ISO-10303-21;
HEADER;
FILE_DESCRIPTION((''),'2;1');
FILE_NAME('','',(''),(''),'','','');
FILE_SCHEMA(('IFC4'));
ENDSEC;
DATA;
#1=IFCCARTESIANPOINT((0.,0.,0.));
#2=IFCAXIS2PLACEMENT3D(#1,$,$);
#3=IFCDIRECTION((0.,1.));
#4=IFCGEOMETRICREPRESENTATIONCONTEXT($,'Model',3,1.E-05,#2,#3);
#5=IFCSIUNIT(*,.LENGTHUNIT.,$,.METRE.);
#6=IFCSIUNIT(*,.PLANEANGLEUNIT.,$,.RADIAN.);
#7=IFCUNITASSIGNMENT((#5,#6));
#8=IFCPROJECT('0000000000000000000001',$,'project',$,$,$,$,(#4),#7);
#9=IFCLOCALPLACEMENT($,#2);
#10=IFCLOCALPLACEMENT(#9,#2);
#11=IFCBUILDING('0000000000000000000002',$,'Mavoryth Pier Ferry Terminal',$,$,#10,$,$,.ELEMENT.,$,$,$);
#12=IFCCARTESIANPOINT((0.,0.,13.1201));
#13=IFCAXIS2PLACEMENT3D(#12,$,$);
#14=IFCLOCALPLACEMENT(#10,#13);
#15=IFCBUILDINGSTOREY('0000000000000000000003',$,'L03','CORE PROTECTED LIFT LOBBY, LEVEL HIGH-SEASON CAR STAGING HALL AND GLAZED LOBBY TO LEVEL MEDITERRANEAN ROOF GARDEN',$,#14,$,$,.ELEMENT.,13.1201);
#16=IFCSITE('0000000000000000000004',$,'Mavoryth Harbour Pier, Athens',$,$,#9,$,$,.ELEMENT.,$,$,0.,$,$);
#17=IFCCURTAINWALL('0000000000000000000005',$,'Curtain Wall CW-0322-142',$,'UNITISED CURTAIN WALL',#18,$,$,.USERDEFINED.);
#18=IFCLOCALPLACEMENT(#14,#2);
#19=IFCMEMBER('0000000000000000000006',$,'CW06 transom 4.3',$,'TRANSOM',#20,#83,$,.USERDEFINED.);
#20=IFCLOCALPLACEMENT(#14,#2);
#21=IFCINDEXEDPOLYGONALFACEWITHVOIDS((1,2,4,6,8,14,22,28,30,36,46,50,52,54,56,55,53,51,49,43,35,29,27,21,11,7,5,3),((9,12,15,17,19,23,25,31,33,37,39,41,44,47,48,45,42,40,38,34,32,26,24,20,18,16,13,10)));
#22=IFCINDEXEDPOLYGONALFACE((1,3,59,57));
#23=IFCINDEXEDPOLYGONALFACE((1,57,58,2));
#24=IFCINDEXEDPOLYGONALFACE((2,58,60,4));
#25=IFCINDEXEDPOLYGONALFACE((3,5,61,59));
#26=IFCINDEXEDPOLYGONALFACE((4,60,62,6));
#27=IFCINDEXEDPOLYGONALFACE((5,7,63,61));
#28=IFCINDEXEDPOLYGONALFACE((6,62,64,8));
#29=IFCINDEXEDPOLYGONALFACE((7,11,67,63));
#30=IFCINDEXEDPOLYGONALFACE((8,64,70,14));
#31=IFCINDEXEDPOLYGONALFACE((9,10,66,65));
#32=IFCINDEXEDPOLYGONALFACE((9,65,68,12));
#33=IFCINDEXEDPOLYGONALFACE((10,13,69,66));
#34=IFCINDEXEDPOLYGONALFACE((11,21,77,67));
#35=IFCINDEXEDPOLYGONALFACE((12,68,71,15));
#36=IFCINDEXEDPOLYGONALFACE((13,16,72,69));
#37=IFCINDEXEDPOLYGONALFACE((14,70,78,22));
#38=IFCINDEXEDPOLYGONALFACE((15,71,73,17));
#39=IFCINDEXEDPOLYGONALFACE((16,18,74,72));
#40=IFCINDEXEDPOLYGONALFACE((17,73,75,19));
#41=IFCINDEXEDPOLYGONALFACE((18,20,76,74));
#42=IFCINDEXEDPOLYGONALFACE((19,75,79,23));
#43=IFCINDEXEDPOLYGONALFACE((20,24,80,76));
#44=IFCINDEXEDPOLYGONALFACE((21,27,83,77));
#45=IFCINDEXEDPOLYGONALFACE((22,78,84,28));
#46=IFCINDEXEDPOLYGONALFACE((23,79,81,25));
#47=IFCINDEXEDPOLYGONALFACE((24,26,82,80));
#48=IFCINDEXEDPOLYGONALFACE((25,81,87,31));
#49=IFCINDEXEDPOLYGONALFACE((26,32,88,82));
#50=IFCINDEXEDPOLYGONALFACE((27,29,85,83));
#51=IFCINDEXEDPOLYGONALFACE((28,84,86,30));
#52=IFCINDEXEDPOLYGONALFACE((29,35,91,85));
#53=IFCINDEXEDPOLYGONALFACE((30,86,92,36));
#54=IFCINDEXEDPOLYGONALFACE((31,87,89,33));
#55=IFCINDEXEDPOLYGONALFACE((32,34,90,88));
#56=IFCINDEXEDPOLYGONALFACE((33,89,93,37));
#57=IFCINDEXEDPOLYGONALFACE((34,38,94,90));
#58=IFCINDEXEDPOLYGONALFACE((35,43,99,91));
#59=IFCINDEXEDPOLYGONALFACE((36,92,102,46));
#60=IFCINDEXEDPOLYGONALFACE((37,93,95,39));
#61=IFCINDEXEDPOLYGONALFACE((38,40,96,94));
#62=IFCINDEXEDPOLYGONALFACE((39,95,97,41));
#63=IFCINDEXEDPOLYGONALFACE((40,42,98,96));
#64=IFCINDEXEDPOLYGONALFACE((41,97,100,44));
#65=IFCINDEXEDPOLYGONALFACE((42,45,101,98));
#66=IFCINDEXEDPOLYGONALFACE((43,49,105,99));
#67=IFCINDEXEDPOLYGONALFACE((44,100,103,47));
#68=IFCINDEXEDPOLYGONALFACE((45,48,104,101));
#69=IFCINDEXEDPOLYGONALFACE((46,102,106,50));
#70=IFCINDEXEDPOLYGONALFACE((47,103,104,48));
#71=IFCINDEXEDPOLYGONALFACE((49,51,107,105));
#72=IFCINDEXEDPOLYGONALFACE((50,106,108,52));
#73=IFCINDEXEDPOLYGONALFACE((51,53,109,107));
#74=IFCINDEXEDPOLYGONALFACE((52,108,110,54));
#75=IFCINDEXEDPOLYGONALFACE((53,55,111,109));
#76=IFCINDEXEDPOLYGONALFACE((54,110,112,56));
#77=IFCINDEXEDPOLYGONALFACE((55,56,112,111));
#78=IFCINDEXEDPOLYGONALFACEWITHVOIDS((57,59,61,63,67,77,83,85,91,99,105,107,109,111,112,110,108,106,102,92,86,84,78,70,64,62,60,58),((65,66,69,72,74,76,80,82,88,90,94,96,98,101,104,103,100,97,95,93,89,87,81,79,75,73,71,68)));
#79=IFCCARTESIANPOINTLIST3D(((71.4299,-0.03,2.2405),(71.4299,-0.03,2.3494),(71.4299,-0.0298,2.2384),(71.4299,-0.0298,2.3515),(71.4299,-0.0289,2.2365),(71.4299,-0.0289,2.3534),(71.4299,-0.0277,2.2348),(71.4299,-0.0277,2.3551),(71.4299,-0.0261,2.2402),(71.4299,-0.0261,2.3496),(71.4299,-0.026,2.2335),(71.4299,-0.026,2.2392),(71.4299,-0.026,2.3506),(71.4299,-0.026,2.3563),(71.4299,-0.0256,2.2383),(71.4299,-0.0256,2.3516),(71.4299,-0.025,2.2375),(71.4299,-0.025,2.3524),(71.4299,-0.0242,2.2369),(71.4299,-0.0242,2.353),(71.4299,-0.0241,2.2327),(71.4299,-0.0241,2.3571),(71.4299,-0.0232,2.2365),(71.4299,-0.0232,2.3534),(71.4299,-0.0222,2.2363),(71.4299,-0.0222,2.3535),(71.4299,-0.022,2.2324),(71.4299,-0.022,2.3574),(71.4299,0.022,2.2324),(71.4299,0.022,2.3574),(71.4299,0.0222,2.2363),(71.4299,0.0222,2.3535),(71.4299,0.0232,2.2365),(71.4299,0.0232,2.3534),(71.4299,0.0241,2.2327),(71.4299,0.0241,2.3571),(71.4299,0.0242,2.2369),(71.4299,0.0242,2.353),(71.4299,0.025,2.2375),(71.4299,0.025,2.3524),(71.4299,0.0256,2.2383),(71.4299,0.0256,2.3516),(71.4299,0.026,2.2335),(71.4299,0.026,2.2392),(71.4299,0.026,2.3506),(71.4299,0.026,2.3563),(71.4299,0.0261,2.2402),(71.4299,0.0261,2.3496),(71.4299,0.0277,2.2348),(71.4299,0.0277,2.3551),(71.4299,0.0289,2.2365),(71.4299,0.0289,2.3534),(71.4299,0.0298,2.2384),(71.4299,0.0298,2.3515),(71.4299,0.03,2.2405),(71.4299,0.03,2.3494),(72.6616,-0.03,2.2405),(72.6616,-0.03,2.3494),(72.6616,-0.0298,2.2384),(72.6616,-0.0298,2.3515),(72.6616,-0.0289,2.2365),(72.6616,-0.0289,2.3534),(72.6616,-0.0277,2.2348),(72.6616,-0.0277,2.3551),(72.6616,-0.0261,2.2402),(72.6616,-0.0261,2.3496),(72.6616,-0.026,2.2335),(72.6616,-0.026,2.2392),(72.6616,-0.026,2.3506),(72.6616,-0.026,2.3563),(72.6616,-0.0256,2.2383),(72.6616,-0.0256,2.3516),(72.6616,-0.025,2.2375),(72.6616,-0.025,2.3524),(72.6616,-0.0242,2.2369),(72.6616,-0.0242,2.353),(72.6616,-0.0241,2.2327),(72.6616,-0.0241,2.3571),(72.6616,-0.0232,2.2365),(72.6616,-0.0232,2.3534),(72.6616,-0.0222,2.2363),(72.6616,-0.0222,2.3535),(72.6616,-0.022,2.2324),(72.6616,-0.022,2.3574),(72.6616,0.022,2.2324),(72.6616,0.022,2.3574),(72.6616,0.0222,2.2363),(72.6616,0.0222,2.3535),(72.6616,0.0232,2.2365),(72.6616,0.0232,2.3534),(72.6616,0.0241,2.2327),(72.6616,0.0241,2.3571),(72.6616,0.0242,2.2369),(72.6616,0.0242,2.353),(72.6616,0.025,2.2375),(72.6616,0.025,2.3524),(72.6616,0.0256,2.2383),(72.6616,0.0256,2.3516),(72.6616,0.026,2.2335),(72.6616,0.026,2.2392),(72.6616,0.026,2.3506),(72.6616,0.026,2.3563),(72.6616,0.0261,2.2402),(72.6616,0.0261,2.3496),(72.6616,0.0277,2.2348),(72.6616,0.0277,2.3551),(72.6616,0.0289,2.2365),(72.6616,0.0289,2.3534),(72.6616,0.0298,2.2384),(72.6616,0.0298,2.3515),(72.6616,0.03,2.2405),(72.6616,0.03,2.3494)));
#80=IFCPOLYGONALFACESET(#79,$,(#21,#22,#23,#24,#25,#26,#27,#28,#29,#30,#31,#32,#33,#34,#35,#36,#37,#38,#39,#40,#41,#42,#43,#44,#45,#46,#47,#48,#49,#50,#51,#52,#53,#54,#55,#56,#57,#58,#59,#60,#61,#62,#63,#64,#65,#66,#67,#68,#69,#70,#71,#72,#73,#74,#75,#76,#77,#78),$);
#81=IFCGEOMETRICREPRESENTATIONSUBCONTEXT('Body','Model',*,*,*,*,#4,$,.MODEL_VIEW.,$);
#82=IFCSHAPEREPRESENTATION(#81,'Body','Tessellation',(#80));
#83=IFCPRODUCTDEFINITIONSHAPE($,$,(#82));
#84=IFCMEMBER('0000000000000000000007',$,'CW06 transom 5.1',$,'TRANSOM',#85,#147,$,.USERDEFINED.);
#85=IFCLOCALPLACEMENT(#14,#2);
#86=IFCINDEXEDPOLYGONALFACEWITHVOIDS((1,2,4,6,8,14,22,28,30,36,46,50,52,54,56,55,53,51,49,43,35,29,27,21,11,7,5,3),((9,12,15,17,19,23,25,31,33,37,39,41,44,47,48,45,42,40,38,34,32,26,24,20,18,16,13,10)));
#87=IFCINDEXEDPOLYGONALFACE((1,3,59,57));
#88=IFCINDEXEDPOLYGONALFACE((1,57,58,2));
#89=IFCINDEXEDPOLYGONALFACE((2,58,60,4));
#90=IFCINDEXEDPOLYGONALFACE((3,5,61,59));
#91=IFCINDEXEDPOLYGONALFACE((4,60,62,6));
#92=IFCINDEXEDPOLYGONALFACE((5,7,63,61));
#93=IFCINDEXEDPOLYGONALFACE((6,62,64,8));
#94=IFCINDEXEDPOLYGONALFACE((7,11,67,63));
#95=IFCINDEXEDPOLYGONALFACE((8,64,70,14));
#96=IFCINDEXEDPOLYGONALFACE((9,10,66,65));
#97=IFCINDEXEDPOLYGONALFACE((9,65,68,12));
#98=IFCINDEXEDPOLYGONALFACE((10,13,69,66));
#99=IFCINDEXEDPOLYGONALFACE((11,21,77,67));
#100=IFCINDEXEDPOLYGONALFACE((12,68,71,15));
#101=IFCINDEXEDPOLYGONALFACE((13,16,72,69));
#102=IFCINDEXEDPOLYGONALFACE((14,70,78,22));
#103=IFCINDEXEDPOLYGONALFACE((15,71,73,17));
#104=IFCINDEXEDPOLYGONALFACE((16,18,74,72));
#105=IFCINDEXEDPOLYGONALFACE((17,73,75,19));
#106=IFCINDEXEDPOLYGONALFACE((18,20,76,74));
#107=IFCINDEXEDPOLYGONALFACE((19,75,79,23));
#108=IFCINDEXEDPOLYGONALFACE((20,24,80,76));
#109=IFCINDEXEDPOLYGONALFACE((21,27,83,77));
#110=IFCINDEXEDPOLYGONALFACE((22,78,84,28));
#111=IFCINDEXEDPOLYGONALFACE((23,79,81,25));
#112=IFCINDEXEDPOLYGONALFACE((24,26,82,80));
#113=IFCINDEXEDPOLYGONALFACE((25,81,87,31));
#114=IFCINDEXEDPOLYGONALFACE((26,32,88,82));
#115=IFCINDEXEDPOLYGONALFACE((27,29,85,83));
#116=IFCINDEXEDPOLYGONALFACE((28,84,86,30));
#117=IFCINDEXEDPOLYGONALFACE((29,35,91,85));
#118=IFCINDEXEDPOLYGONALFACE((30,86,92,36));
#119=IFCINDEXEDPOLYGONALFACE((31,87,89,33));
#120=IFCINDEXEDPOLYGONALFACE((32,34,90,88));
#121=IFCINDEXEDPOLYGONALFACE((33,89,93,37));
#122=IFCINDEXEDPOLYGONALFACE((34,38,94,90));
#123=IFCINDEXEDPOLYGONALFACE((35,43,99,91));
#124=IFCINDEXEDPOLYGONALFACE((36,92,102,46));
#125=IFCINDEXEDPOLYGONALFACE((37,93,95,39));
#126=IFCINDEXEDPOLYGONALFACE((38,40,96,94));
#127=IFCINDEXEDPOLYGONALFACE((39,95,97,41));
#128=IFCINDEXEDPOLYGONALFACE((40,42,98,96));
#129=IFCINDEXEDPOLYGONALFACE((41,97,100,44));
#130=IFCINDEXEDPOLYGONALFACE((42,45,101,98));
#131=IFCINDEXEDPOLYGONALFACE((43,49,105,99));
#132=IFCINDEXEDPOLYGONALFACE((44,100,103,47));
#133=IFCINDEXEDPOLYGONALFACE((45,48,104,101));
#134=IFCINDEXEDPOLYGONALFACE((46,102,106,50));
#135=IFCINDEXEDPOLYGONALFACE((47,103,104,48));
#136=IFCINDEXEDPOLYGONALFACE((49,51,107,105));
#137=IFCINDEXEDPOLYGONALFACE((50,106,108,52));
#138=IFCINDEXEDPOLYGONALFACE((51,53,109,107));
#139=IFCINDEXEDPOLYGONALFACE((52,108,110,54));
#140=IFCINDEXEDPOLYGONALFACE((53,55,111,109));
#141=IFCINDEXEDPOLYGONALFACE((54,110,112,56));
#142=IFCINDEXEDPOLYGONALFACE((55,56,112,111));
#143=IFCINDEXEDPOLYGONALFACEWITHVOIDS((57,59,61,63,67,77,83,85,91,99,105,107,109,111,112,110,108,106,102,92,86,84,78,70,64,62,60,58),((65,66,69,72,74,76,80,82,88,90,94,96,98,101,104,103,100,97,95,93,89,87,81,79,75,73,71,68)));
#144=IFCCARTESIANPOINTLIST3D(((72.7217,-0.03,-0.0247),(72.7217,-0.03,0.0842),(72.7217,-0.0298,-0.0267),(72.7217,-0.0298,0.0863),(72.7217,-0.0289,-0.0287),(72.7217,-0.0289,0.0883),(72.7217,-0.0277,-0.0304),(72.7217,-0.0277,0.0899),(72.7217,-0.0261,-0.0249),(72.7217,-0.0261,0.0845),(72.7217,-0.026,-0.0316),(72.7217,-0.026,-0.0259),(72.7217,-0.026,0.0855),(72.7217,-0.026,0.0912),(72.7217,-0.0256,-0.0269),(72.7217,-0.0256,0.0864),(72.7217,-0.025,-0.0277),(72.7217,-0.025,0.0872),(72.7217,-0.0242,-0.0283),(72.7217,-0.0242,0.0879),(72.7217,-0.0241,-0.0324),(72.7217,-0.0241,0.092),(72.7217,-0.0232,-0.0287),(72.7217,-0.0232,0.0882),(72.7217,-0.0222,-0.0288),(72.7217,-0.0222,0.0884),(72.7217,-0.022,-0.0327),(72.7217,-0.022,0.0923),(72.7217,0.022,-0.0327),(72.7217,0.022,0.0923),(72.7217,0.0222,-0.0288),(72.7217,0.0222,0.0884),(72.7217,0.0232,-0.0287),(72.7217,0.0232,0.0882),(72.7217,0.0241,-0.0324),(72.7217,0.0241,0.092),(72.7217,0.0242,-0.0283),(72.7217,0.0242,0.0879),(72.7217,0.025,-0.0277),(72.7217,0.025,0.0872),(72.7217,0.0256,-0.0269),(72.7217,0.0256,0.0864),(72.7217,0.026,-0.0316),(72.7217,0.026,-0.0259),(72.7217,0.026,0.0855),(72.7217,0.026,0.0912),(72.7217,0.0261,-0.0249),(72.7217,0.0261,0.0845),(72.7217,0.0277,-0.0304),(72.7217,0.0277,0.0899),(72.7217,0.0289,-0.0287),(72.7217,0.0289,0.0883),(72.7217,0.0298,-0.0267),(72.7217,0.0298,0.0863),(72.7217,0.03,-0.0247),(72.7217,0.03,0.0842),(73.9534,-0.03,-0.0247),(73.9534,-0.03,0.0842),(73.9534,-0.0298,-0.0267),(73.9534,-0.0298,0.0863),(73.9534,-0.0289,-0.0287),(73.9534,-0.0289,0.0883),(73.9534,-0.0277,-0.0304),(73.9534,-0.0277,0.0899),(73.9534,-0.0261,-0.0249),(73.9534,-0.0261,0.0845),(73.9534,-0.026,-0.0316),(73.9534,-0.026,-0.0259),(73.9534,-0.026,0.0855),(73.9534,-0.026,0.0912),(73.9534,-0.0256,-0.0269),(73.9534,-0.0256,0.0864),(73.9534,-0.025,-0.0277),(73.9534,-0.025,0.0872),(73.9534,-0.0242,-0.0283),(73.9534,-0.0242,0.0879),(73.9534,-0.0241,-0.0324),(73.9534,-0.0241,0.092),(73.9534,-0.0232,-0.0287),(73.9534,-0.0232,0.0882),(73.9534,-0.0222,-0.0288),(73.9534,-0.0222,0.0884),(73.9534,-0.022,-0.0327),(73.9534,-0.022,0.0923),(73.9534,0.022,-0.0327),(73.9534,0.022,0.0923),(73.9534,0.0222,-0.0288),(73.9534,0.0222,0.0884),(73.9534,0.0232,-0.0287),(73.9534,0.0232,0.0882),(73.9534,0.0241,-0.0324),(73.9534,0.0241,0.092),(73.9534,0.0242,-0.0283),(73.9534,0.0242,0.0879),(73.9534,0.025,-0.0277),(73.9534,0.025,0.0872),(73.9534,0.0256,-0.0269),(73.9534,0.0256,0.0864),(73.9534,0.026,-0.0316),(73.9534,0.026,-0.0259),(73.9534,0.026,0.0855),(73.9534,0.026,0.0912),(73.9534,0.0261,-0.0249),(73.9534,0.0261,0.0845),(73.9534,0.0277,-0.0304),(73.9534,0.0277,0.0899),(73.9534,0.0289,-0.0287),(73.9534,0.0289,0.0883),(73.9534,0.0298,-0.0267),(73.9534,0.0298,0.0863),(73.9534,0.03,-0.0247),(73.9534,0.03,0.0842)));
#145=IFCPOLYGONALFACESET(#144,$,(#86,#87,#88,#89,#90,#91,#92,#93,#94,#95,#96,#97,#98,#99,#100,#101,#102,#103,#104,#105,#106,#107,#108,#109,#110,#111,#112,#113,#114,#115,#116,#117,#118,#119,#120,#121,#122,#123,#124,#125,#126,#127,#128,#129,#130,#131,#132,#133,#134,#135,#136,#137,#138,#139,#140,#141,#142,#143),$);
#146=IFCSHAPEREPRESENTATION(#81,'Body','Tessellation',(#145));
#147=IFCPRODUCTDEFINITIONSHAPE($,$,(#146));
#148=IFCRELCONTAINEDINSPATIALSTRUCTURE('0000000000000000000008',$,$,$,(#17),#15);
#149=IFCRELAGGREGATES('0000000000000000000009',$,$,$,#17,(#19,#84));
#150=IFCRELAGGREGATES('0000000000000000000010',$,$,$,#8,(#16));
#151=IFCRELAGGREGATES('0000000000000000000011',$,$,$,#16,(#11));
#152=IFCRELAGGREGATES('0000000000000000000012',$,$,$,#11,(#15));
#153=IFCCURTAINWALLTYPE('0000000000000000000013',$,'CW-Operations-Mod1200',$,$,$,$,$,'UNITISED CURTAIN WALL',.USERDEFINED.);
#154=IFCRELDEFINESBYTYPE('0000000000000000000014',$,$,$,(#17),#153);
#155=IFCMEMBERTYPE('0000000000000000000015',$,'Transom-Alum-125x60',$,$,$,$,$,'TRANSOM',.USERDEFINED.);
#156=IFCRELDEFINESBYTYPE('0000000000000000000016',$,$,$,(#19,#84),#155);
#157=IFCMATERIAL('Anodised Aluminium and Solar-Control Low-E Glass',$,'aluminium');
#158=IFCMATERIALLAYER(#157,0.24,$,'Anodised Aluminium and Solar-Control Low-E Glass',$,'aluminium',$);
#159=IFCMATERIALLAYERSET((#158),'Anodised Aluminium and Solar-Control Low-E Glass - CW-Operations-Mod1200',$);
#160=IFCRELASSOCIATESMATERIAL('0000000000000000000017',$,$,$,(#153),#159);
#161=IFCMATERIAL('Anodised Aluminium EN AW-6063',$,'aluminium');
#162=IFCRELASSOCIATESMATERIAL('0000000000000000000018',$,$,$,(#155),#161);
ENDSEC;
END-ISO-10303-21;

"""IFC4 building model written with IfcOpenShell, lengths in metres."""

from ifc_helpers import new_model, si_unit, direction, frame, origin, origin_2d, place, context, subcontext, project, spatial, hollow_rectangle, extrude, material, layer, layer_set, material_profile, profile_set, type_object, element, aggregate, save


model = new_model("IFC4")

# Units and contexts
model_context = context("Model", 3, precision=1e-05, world=origin(), true_north=direction((0.0, 1.0)))
body_context = subcontext(model_context, "Body", "Model", "MODEL_VIEW")
ifc_project = project(units=[si_unit("LENGTHUNIT", "METRE"), si_unit("PLANEANGLEUNIT", "RADIAN")], contexts=[model_context])

# Site, building, storey
site_placement = place(None, origin())
site = spatial("IfcSite", under=ifc_project, at=site_placement, Name="Mavoryth Harbour Pier, Athens", CompositionType="ELEMENT", RefElevation=0.0)
building_placement = place(site_placement, origin())
building = spatial("IfcBuilding", under=site, at=building_placement, Name="Mavoryth Pier Ferry Terminal", CompositionType="ELEMENT")
storey_placement = place(building_placement, frame((0.0, 0.0, 13.1201)))
storey = spatial("IfcBuildingStorey", under=building, at=storey_placement, Name="L03", Description="CORE PROTECTED LIFT LOBBY, LEVEL HIGH-SEASON CAR STAGING HALL AND GLAZED LOBBY TO LEVEL MEDITERRANEAN ROOF GARDEN", CompositionType="ELEMENT", Elevation=13.1201)

# Curtain wall, members
ifc_material_1 = material(Name="Anodised Aluminium and Solar-Control Low-E Glass", Category="aluminium")
ifc_layer_1 = layer(ifc_material_1, 0.24, Name="Anodised Aluminium and Solar-Control Low-E Glass", Category="aluminium")
ifc_layer_set_1 = layer_set([ifc_layer_1], Name="Anodised Aluminium and Solar-Control Low-E Glass - CW-Operations-Mod1200")
curtain_wall_type = type_object("IfcCurtainWallType", Name="CW-Operations-Mod1200", ElementType="UNITISED CURTAIN WALL", PredefinedType="USERDEFINED", material=ifc_layer_set_1)
curtain_wall_placement = place(storey_placement, origin())
curtain_wall = element("IfcCurtainWall", 1, at=curtain_wall_placement, inside=storey, type_object=curtain_wall_type, Name="Curtain Wall CW-0322-142", ObjectType="UNITISED CURTAIN WALL", PredefinedType="USERDEFINED")
ifc_material_2 = material(Name="Anodised Aluminium EN AW-6063", Category="aluminium")
ifc_material_profile_1 = material_profile(ifc_material_2, hollow_rectangle(XDim=0.0601, YDim=0.125, WallThickness=0.0039, InnerFilletRadius=0.0039, OuterFilletRadius=0.0081, at=origin_2d()), Name="AL-TRAN 125x60x4", Category="aluminium")
ifc_profile_set_1 = profile_set([ifc_material_profile_1], Name="Anodised Aluminium EN AW-6063 - AL-TRAN 125x60x4")
member_type_1 = type_object("IfcMemberType", Name="Transom-Alum-125x60", ElementType="TRANSOM", PredefinedType="USERDEFINED", material=ifc_profile_set_1)
member_1_placement = place(storey_placement, frame((71.4299, 0.0, 2.2949), z_axis=(1.0, 0.0, 0.0), x_axis=(0.0, 1.0, 0.0)))
member_1 = element("IfcMember", 2, at=member_1_placement, type_object=member_type_1, Name="CW06 transom 4.3", ObjectType="TRANSOM", PredefinedType="USERDEFINED", context=body_context, shape_type="SweptSolid", body=[
    extrude(hollow_rectangle(XDim=0.0601, YDim=0.125, WallThickness=0.0039, InnerFilletRadius=0.0039, OuterFilletRadius=0.0081, at=origin_2d()), origin(), (0.0, 0.0, 1.0), 1.2317),
])
member_2_placement = place(storey_placement, frame((72.7217, 0.0, 0.0298), z_axis=(1.0, 0.0, 0.0), x_axis=(0.0, 1.0, 0.0)))
member_2 = element("IfcMember", 3, at=member_2_placement, type_object=member_type_1, Name="CW06 transom 5.1", ObjectType="TRANSOM", PredefinedType="USERDEFINED", context=body_context, shape_type="SweptSolid", body=[
    extrude(hollow_rectangle(XDim=0.0601, YDim=0.125, WallThickness=0.0039, InnerFilletRadius=0.0039, OuterFilletRadius=0.0081, at=origin_2d()), origin(), (0.0, 0.0, 1.0), 1.2317),
])
aggregate(curtain_wall, [member_1, member_2])

save(model, "model.ifc")
